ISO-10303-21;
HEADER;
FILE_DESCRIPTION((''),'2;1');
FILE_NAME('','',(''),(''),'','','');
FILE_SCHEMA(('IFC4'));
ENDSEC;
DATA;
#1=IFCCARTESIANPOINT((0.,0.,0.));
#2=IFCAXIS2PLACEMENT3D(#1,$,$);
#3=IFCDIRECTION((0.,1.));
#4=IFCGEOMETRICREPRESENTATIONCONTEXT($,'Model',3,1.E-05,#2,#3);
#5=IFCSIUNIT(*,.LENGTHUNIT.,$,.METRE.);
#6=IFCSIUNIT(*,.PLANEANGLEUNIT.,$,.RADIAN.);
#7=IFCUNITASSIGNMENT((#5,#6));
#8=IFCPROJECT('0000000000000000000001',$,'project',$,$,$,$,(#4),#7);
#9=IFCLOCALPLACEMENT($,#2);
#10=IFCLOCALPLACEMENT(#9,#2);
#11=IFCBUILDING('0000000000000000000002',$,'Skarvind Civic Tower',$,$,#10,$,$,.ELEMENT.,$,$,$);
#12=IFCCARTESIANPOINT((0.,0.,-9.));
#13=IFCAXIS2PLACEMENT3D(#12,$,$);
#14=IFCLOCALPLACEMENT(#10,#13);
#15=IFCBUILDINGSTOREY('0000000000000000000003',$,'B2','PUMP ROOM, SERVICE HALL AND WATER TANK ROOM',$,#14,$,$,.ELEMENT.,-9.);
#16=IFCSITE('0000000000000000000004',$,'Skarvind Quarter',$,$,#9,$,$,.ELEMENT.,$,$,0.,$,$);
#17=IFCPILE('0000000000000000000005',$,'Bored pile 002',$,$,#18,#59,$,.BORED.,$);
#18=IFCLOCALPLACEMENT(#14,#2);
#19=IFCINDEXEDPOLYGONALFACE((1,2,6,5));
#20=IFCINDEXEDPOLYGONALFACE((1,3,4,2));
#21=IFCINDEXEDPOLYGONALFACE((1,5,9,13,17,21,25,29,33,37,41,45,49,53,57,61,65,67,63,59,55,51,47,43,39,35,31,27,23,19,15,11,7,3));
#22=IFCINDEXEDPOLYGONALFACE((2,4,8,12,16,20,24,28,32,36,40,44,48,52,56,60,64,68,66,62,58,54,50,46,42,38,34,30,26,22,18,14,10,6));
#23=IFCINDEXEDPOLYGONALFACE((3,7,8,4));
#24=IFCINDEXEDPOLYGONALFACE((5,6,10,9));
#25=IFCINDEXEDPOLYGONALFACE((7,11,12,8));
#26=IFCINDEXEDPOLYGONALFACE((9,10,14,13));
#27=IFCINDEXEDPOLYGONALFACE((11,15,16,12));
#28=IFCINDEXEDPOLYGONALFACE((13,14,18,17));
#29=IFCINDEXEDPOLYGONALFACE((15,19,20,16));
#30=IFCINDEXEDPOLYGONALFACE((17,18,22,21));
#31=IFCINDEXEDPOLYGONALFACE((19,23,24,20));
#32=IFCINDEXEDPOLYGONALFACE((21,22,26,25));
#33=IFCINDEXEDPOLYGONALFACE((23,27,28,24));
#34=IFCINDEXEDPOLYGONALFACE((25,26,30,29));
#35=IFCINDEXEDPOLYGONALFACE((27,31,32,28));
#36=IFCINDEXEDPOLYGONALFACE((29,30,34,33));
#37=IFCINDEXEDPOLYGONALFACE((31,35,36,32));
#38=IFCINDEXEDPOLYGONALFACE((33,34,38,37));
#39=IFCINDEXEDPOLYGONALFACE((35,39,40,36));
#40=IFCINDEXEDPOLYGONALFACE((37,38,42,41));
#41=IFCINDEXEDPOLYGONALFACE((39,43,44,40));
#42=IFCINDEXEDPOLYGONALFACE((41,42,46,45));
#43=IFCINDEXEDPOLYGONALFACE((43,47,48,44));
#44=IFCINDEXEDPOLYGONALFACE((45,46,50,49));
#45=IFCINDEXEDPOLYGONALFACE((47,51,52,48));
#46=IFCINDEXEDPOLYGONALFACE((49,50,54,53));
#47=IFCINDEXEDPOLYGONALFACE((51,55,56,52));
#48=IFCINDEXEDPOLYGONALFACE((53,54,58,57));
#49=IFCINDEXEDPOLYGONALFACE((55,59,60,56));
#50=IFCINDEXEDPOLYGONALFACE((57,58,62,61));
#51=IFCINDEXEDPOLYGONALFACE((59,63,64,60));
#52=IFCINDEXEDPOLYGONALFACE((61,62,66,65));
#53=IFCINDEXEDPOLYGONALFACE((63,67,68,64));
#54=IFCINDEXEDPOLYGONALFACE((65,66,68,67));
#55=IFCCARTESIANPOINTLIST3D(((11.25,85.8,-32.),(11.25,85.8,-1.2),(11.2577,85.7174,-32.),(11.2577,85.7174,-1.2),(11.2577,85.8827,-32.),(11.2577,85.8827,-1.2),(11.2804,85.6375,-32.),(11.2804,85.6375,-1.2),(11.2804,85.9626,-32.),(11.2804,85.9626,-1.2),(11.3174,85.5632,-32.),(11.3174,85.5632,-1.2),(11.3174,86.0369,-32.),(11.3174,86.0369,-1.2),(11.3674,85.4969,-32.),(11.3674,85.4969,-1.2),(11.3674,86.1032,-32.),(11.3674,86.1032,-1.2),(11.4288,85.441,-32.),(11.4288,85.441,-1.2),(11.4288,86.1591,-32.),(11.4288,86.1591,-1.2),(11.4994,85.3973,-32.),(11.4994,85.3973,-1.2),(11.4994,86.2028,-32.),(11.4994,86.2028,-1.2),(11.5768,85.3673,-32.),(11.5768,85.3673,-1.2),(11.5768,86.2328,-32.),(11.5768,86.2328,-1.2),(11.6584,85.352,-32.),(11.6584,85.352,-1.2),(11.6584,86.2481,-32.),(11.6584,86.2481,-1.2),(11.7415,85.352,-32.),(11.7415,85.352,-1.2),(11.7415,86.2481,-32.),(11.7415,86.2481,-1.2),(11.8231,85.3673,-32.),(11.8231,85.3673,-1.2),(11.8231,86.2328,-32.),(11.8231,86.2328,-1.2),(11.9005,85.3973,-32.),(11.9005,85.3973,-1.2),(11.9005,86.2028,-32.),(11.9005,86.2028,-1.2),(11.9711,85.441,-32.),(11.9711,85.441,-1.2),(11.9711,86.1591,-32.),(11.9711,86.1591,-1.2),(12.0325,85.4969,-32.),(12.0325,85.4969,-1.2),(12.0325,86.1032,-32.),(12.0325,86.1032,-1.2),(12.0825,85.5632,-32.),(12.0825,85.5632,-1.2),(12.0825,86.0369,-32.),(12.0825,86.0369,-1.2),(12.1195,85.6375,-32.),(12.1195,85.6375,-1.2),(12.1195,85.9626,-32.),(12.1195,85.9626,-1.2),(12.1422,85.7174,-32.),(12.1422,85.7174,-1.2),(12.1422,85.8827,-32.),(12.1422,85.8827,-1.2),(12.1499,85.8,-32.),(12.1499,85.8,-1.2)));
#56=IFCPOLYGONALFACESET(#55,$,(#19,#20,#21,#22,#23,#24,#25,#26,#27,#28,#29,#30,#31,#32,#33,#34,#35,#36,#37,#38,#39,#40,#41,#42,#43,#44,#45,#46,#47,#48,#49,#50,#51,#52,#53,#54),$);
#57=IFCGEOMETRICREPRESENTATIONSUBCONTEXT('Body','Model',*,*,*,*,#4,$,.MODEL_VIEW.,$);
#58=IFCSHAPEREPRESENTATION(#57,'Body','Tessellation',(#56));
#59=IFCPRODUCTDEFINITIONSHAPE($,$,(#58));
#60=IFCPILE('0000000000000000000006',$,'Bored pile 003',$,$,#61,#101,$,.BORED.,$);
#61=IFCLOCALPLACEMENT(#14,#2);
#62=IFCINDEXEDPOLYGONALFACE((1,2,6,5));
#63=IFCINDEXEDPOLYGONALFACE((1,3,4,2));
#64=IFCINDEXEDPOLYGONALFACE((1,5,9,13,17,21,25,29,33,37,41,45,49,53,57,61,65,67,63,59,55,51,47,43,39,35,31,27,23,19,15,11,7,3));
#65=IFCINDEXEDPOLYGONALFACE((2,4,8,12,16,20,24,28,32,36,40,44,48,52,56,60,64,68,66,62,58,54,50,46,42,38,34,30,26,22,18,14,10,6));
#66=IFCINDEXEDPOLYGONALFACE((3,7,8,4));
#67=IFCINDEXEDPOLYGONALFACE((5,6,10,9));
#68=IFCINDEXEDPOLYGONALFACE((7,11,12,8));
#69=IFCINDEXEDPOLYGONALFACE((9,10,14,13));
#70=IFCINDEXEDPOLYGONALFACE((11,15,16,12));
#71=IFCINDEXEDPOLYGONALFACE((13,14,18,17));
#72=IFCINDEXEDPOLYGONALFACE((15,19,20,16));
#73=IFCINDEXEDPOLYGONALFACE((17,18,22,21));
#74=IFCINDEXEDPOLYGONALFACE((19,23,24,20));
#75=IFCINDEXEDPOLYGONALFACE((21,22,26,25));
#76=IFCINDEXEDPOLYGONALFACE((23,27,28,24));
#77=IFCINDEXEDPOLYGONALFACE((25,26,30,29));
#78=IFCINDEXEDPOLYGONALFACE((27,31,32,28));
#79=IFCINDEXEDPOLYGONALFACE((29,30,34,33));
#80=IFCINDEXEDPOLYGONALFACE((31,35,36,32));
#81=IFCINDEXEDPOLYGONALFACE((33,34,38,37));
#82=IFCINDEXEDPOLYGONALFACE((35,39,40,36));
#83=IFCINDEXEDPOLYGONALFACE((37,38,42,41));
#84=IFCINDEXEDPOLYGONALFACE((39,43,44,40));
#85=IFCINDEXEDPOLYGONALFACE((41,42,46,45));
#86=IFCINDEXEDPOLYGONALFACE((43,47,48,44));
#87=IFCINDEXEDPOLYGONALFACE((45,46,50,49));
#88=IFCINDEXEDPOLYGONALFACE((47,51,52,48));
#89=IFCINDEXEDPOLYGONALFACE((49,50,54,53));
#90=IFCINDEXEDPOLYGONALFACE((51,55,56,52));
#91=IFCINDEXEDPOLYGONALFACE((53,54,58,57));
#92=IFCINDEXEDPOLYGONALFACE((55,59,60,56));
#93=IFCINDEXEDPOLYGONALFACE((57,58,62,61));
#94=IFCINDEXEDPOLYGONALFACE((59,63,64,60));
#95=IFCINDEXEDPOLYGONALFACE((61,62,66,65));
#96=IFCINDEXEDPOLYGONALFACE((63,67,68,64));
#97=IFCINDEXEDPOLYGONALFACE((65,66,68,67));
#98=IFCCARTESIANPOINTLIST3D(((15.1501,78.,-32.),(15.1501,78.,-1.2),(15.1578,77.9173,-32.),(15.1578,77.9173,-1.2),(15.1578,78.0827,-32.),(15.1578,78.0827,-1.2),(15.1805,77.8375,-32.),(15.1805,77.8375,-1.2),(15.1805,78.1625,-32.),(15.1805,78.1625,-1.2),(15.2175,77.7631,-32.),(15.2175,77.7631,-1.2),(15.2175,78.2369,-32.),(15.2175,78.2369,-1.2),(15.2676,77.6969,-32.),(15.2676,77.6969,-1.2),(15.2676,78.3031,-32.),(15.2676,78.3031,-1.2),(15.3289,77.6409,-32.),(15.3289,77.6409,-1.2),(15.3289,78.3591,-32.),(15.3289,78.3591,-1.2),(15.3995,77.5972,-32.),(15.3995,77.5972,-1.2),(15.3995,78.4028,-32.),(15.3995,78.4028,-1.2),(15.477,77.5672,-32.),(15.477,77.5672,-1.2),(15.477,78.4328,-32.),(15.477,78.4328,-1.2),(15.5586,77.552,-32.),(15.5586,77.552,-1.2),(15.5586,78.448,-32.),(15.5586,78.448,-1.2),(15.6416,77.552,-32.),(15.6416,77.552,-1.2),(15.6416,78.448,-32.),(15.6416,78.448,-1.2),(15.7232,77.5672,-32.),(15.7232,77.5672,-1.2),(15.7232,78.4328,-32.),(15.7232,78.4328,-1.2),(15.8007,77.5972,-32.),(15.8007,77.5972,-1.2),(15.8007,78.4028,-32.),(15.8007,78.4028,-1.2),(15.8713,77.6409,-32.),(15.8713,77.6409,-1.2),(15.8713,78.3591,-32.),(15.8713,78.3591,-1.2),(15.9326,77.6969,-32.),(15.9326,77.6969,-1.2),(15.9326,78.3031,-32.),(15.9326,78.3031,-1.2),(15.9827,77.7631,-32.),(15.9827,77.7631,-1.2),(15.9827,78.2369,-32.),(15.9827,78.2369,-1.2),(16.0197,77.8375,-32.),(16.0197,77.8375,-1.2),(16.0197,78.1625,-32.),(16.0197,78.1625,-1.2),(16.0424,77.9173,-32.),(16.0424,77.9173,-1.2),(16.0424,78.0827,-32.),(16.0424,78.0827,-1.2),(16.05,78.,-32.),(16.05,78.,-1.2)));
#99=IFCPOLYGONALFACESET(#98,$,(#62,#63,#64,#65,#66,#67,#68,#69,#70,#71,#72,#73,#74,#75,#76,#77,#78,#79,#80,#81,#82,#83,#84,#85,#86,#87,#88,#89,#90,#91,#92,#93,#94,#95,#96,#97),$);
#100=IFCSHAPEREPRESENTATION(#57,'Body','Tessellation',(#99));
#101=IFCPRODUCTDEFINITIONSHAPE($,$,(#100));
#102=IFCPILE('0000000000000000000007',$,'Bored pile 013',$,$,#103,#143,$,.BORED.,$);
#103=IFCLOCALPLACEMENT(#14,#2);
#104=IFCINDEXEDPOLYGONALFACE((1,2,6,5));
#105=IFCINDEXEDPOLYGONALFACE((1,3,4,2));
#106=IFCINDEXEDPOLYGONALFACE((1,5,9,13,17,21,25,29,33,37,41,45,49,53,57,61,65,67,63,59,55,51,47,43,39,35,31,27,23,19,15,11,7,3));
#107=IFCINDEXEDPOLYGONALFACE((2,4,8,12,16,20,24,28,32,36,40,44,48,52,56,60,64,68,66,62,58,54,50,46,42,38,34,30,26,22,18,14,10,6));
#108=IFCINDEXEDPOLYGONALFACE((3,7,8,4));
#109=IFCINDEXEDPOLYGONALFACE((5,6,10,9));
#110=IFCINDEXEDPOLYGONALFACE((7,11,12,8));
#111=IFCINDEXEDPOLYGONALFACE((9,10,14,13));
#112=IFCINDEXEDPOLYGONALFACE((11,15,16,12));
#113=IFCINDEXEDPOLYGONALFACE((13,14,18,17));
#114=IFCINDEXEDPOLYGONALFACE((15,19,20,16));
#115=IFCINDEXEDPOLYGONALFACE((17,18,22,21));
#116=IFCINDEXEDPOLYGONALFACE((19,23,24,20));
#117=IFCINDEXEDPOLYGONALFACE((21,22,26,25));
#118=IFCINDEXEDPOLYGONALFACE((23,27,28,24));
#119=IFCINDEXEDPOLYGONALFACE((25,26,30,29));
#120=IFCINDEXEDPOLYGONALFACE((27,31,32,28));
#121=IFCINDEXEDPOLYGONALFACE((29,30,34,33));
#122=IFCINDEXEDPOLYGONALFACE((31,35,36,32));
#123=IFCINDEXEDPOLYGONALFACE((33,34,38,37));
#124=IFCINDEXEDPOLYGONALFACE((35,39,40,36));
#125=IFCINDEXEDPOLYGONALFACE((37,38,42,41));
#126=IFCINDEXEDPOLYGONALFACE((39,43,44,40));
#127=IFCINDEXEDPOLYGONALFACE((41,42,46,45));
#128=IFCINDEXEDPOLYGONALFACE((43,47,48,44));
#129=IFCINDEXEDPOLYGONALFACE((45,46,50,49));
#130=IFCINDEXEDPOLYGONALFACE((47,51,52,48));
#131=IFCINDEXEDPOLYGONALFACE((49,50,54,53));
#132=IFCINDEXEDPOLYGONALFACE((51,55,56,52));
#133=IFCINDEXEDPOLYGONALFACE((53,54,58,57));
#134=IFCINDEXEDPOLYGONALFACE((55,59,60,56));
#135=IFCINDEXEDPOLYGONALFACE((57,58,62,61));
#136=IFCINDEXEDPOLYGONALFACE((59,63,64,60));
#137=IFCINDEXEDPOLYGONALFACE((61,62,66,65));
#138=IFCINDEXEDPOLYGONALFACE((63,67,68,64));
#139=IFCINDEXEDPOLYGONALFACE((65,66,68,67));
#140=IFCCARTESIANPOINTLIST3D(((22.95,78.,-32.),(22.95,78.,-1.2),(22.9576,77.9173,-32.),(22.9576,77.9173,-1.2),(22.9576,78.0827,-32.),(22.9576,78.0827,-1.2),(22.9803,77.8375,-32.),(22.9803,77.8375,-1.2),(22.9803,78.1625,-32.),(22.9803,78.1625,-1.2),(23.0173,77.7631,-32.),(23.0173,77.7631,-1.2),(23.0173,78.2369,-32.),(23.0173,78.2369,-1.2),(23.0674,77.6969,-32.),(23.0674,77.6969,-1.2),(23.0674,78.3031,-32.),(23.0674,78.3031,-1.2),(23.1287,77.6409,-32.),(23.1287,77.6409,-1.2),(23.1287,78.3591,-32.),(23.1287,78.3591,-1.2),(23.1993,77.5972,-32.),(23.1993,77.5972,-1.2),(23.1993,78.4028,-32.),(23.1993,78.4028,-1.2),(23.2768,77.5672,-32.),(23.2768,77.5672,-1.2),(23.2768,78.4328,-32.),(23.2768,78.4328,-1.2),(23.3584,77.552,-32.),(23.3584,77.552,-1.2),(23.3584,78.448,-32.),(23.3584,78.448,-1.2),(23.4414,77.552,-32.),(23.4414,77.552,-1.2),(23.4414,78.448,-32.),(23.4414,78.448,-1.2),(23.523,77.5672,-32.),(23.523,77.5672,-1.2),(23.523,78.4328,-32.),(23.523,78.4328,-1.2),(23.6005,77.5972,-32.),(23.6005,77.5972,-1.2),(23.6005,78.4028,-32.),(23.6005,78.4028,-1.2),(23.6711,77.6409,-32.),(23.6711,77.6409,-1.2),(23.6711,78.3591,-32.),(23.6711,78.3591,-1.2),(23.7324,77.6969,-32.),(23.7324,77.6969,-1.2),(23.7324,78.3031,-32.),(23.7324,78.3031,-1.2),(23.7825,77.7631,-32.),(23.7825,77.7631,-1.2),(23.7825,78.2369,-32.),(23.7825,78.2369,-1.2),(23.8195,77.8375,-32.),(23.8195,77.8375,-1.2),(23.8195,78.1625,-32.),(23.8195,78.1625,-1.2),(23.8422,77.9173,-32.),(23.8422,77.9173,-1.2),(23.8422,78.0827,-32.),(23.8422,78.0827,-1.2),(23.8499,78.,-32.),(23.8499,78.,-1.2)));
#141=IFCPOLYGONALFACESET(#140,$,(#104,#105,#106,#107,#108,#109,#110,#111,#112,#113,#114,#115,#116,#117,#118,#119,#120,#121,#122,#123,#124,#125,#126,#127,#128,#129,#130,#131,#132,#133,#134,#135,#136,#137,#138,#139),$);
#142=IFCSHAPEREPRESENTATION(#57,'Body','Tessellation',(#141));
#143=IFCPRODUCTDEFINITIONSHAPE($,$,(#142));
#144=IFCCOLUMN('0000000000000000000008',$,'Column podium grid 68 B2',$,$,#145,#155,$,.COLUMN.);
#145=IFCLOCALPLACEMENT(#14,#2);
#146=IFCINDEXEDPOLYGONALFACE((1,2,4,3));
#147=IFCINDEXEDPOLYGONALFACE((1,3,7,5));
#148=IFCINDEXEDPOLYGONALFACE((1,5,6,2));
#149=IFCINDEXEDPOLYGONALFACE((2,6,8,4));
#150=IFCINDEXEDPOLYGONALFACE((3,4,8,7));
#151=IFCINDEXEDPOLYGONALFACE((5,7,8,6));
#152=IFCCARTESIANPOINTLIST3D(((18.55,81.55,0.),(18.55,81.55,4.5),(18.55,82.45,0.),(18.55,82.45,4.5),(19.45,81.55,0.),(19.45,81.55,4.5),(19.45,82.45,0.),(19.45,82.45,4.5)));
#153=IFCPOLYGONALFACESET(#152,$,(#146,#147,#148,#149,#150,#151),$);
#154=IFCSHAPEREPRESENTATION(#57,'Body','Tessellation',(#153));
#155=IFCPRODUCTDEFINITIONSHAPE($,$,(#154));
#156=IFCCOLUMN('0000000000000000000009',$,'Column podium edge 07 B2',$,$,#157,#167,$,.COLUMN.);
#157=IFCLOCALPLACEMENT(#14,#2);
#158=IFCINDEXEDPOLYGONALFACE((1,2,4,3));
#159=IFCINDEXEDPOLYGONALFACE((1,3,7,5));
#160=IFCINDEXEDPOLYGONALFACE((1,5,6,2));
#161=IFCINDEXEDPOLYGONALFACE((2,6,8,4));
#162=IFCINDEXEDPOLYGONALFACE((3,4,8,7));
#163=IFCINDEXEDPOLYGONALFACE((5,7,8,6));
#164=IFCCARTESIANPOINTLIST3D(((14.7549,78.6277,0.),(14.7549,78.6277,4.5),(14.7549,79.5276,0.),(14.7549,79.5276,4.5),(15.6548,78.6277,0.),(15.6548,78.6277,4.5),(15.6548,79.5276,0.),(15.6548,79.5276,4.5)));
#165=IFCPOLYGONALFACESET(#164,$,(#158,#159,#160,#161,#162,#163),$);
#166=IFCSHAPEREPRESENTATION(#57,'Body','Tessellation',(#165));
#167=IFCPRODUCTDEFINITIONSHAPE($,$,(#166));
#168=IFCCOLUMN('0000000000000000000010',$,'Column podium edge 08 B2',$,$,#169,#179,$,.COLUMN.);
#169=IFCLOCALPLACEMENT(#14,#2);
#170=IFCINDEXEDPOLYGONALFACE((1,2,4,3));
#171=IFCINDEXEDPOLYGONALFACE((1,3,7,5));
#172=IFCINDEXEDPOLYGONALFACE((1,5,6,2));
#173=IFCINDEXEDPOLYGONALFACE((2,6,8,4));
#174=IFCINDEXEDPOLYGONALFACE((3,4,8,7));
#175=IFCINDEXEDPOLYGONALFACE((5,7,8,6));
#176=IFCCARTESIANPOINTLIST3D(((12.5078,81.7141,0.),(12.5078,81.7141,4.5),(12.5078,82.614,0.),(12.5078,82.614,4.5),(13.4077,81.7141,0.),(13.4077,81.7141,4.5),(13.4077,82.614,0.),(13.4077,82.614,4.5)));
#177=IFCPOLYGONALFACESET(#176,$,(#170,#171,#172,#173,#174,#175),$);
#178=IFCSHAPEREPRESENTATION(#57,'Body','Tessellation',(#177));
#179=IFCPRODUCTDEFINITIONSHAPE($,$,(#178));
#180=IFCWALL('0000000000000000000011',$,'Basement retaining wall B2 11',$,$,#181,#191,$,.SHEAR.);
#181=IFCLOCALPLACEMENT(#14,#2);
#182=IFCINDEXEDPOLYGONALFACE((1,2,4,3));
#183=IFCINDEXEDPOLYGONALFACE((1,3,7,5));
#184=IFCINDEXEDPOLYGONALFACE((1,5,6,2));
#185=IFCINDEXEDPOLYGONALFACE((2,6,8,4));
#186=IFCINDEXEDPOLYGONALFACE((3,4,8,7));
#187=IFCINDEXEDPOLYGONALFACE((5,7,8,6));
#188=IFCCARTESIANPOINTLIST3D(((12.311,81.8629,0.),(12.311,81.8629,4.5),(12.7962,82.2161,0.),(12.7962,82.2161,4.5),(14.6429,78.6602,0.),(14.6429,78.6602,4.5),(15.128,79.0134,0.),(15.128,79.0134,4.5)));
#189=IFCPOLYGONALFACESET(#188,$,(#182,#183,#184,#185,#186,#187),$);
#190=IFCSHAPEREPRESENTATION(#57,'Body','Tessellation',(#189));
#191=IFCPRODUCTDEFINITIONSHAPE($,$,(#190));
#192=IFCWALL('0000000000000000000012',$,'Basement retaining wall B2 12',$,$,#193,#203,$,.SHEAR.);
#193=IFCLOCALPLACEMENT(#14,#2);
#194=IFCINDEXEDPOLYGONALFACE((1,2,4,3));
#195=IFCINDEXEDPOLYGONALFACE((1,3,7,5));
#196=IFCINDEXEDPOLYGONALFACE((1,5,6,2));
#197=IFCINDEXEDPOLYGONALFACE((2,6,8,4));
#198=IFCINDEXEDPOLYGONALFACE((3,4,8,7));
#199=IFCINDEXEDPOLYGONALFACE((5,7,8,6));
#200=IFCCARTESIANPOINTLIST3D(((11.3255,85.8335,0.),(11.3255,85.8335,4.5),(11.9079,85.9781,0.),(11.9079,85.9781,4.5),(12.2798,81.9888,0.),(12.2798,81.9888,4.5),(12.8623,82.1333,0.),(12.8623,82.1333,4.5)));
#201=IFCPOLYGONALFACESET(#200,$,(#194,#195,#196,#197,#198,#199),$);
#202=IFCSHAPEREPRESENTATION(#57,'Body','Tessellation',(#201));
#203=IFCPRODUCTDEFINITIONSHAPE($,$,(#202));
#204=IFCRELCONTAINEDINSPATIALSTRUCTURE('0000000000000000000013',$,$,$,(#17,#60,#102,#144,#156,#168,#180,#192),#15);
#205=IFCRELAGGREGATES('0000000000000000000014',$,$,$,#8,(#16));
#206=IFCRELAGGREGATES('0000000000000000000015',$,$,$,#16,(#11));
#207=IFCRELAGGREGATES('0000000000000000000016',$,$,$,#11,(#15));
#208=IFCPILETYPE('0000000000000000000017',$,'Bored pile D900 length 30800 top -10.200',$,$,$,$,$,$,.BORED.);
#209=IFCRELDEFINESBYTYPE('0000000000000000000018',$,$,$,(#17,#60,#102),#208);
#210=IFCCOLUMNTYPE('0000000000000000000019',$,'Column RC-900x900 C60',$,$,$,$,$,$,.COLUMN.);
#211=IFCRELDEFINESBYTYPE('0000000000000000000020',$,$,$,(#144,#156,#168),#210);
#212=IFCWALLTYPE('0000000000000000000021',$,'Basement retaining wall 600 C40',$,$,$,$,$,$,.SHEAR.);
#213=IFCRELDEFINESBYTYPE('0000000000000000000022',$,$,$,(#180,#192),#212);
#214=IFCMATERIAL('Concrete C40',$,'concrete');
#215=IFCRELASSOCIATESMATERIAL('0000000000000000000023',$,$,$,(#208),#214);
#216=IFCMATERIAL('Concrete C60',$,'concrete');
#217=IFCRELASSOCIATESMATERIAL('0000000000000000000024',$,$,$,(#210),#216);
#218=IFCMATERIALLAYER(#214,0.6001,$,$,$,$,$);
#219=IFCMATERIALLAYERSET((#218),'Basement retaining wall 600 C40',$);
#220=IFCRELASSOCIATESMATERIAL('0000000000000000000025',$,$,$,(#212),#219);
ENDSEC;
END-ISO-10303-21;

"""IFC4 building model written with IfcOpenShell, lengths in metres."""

from ifc_helpers import new_model, si_unit, direction, frame, frame_2d, origin, origin_2d, place, context, subcontext, project, spatial, rectangle, circle, extrude, material, layer, layer_set, material_profile, profile_set, type_object, element, save


model = new_model("IFC4")

# Units and contexts
model_context = context("Model", 3, precision=1e-05, world=origin(), true_north=direction((0.0, 1.0)))
body_context = subcontext(model_context, "Body", "Model", "MODEL_VIEW")
ifc_project = project(units=[si_unit("LENGTHUNIT", "METRE"), si_unit("PLANEANGLEUNIT", "RADIAN")], contexts=[model_context])

# Site, building, storey
site_placement = place(None, origin())
site = spatial("IfcSite", under=ifc_project, at=site_placement, Name="Skarvind Quarter", CompositionType="ELEMENT", RefElevation=0.0)
building_placement = place(site_placement, origin())
building = spatial("IfcBuilding", under=site, at=building_placement, Name="Skarvind Civic Tower", CompositionType="ELEMENT")
storey_placement = place(building_placement, frame((0.0, 0.0, -9.0)))
storey = spatial("IfcBuildingStorey", under=building, at=storey_placement, Name="B2", Description="PUMP ROOM, SERVICE HALL AND WATER TANK ROOM", CompositionType="ELEMENT", Elevation=-9.0)

# Piles
ifc_material_1 = material(Name="Concrete C40", Category="concrete")
pile_type_1 = type_object("IfcPileType", Name="Bored pile D900 length 30800 top -10.200", PredefinedType="BORED", material=ifc_material_1)
for number, where, z_axis, x_axis, name in (
    (1, (11.7, 85.8, -1.2), (0.0, 0.0, -1.0), (1.0, 0.0, 0.0), "Bored pile 002"),
    (2, (15.6001, 78.0, -1.2), (0.0, 0.0, -1.0), (1.0, 0.0, 0.0), "Bored pile 003"),
    (3, (23.3999, 78.0, -1.2), (0.0, 0.0, -1.0), (1.0, 0.0, 0.0), "Bored pile 013"),
):
    element("IfcPile", number, at=place(storey_placement, frame(where, z_axis=z_axis, x_axis=x_axis)), inside=storey, type_object=pile_type_1, Name=name, PredefinedType="BORED", context=body_context, shape_type="SweptSolid", body=[
        extrude(circle(Radius=0.45, at=origin_2d()), origin(), (0.0, 0.0, 1.0), 30.8),
    ])

# Columns
ifc_material_2 = material(Name="Concrete C60", Category="concrete")
ifc_material_profile = material_profile(ifc_material_2, rectangle(XDim=0.8999, YDim=0.8999, at=origin_2d()), Name="RC-900x900")
ifc_profile_set = profile_set([ifc_material_profile], Name="Concrete C60")
column_type = type_object("IfcColumnType", Name="Column RC-900x900 C60", PredefinedType="COLUMN", material=ifc_profile_set)
for number, where, z_axis, x_axis, name in (
    (4, (19.0, 82.0, 0.0), (0.0, 0.0, 1.0), (1.0, 0.0, 0.0), "Column podium grid 68 B2"),
    (5, (15.2048, 79.0776, 0.0), (0.0, 0.0, 1.0), (1.0, 0.0, 0.0), "Column podium edge 07 B2"),
    (6, (12.9578, 82.1641, 0.0), (0.0, 0.0, 1.0), (1.0, 0.0, 0.0), "Column podium edge 08 B2"),
):
    element("IfcColumn", number, at=place(storey_placement, frame(where, z_axis=z_axis, x_axis=x_axis)), inside=storey, type_object=column_type, Name=name, PredefinedType="COLUMN", context=body_context, shape_type="SweptSolid", body=[
        extrude(rectangle(XDim=0.8999, YDim=0.8999, at=origin_2d()), origin(), (0.0, 0.0, 1.0), 4.5),
    ])

# Walls
ifc_layer_1 = layer(ifc_material_1, 0.6001)
ifc_layer_set_1 = layer_set([ifc_layer_1], Name="Basement retaining wall 600 C40")
wall_type_1 = type_object("IfcWallType", Name="Basement retaining wall 600 C40", PredefinedType="SHEAR", material=ifc_layer_set_1)
wall_1_placement = place(storey_placement, frame((14.8855, 78.8367, 0.0), z_axis=(0.0, 0.0, 1.0), x_axis=(-0.5886, 0.808424, 0.0)))
element("IfcWall", 7, at=wall_1_placement, inside=storey, type_object=wall_type_1, Name="Basement retaining wall B2 11", PredefinedType="SHEAR", context=body_context, shape_type="SweptSolid", body=[
    extrude(rectangle(XDim=3.9617, YDim=0.6001, at=frame_2d((1.981, 0.0))), origin(), (0.0, 0.0, 1.0), 4.5),
])
wall_2_placement = place(storey_placement, frame((12.571, 82.061, 0.0), z_axis=(0.0, 0.0, 1.0), x_axis=(-0.240911, 0.970547, 0.0)))
element("IfcWall", 8, at=wall_2_placement, inside=storey, type_object=wall_type_1, Name="Basement retaining wall B2 12", PredefinedType="SHEAR", context=body_context, shape_type="SweptSolid", body=[
    extrude(rectangle(XDim=3.9614, YDim=0.6001, at=frame_2d((1.9807, 0.0))), origin(), (0.0, 0.0, 1.0), 4.5),
])

save(model, "model.ifc")
